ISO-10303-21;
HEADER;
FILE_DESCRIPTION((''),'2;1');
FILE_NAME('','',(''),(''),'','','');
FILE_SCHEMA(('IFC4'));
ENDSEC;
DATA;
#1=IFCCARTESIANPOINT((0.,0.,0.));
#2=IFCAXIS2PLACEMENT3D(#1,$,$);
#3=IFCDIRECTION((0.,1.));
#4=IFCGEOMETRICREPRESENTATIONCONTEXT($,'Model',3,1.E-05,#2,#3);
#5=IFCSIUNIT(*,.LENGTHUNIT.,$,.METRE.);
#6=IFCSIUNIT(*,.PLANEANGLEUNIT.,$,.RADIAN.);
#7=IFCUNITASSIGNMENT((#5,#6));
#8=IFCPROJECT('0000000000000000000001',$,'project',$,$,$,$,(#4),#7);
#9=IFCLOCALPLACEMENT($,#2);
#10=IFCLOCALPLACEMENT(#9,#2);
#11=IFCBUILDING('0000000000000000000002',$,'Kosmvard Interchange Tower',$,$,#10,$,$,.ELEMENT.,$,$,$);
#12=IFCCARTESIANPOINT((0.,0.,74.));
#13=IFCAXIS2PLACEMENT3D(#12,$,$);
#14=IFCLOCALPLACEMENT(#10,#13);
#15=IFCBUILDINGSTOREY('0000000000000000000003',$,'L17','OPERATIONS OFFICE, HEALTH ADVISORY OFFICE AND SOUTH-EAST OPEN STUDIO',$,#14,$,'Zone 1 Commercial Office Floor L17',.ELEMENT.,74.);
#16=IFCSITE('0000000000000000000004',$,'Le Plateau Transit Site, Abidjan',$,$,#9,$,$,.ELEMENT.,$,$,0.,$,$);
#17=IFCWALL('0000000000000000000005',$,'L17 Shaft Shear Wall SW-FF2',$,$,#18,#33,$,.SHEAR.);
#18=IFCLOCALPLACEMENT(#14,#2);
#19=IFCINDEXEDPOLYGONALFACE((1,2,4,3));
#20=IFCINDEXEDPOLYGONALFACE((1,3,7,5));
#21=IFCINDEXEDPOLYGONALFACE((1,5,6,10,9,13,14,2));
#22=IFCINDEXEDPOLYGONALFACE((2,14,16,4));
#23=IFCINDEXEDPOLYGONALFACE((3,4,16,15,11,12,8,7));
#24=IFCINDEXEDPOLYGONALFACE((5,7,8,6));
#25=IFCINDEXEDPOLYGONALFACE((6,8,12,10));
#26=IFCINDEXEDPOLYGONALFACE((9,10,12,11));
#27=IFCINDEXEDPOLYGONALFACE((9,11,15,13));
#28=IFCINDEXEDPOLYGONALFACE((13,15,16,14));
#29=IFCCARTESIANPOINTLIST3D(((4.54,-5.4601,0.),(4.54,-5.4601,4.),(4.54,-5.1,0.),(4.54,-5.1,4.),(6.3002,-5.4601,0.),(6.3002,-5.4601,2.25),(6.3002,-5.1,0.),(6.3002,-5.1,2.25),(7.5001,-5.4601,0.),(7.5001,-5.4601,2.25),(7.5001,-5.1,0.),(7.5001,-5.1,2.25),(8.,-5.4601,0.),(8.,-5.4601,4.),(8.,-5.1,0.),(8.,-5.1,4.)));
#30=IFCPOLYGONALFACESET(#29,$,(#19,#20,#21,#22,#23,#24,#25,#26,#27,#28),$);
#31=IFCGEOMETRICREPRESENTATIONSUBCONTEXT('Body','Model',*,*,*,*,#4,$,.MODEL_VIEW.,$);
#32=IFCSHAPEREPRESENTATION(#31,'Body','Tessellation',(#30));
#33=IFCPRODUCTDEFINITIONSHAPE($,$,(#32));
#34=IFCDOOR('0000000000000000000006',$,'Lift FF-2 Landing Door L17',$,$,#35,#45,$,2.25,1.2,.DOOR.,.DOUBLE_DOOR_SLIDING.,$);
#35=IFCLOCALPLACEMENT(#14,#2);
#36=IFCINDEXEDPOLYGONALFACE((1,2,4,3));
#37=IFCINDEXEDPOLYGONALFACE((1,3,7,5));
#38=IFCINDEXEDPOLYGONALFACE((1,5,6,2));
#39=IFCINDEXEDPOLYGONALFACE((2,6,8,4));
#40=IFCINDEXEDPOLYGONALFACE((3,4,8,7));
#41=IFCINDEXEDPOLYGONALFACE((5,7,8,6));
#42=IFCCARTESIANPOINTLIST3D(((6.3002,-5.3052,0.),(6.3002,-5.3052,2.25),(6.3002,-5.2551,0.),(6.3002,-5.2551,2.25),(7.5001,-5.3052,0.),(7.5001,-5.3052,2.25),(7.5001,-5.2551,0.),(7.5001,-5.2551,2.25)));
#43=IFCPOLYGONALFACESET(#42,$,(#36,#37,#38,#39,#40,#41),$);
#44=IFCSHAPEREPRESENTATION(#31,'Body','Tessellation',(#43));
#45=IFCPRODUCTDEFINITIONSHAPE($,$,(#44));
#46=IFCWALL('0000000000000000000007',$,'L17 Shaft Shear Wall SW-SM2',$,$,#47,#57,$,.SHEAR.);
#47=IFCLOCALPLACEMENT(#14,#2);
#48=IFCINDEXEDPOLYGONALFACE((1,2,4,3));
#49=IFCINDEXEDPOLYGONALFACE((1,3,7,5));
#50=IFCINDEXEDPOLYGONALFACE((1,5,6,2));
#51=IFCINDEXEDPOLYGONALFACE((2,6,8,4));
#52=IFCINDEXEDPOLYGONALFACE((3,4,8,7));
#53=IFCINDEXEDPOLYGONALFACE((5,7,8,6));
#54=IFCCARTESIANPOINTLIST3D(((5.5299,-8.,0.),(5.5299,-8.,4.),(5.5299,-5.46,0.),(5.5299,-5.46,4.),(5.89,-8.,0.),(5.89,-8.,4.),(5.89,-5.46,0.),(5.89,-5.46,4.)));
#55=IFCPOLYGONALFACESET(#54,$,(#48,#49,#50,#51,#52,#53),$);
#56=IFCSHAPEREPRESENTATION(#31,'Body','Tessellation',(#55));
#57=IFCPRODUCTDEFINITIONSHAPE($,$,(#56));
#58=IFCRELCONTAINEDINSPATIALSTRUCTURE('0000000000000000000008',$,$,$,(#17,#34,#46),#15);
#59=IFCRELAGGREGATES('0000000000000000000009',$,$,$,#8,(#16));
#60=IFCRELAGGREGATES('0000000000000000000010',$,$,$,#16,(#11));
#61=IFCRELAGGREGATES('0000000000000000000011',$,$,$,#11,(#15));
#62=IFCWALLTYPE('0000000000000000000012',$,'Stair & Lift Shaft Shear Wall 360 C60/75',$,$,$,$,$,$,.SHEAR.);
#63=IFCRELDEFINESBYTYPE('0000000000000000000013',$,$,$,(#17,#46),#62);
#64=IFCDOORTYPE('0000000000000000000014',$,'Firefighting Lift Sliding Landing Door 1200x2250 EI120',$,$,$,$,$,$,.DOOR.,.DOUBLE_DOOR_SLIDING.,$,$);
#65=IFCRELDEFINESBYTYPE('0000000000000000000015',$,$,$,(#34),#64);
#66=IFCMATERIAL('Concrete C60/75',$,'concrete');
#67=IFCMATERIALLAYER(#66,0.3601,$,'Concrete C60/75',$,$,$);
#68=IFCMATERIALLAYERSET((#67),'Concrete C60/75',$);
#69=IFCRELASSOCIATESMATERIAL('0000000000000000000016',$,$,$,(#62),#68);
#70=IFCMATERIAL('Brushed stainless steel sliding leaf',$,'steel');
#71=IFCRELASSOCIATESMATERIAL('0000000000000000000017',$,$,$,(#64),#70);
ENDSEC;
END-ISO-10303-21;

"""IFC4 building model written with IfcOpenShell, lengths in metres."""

from ifc_helpers import new_model, si_unit, direction, frame, frame_2d, origin, place, context, subcontext, project, spatial, rectangle, extrude, source, transform, mapped, material, layer, layer_set, type_object, element, fill, save


model = new_model("IFC4")

# Units and contexts
model_context = context("Model", 3, precision=1e-05, world=origin(), true_north=direction((0.0, 1.0)))
body_context = subcontext(model_context, "Body", "Model", "MODEL_VIEW")
ifc_project = project(units=[si_unit("LENGTHUNIT", "METRE"), si_unit("PLANEANGLEUNIT", "RADIAN")], contexts=[model_context])

# Site, building, storey
site_placement = place(None, origin())
site = spatial("IfcSite", under=ifc_project, at=site_placement, Name="Le Plateau Transit Site, Abidjan", CompositionType="ELEMENT", RefElevation=0.0)
building_placement = place(site_placement, origin())
building = spatial("IfcBuilding", under=site, at=building_placement, Name="Kosmvard Interchange Tower", CompositionType="ELEMENT")
storey_placement = place(building_placement, frame((0.0, 0.0, 74.0)))
storey = spatial("IfcBuildingStorey", under=building, at=storey_placement, Name="L17", Description="OPERATIONS OFFICE, HEALTH ADVISORY OFFICE AND SOUTH-EAST OPEN STUDIO", LongName="Zone 1 Commercial Office Floor L17", CompositionType="ELEMENT", Elevation=74.0)

# Shared definitions
ifc_material_1 = material(Name="Brushed stainless steel sliding leaf", Category="steel")

# Shared definitions
ifc_material_2 = material(Name="Concrete C60/75", Category="concrete")
ifc_layer_1 = layer(ifc_material_2, 0.3601, Name="Concrete C60/75")
ifc_layer_set_1 = layer_set([ifc_layer_1], Name="Concrete C60/75")
wall_type_1 = type_object("IfcWallType", Name="Stair & Lift Shaft Shear Wall 360 C60/75", PredefinedType="SHEAR", material=ifc_layer_set_1)

# Wall, opening, door
wall_1_placement = place(storey_placement, frame((4.54, -5.28, 0.0), z_axis=(0.0, 0.0, 1.0), x_axis=(1.0, 0.0, 0.0)))
wall_1 = element("IfcWall", 1, at=wall_1_placement, inside=storey, type_object=wall_type_1, Name="L17 Shaft Shear Wall SW-FF2", PredefinedType="SHEAR", context=body_context, shape_type="SweptSolid", body=[
    extrude(rectangle(XDim=3.46, YDim=0.3601, at=frame_2d((1.73, 0.0))), origin(), (0.0, 0.0, 1.0), 4.0),
])
opening_1_placement = place(wall_1_placement, frame((1.76, 0.0, 0.0)))
opening_1 = element("IfcOpeningElement", 2, at=opening_1_placement, cuts=wall_1, PredefinedType="OPENING", context=body_context, shape_type="SweptSolid", body=[
    extrude(rectangle(XDim=1.2, YDim=2.25, at=frame_2d((0.6001, 1.125))), frame((0.0, 0.1899, 0.0), z_axis=(0.0, -1.0, 0.0), x_axis=(1.0, 0.0, 0.0)), (0.0, 0.0, 1.0), 0.3801),
])
door_type_1 = type_object("IfcDoorType", Name="Firefighting Lift Sliding Landing Door 1200x2250 EI120", OperationType="DOUBLE_DOOR_SLIDING", PredefinedType="DOOR", material=ifc_material_1)
shared_shape_1 = source(origin(), body_context, "Body", "SweptSolid", [
    extrude(rectangle(XDim=1.2, YDim=2.25, at=frame_2d((0.6001, 1.125))), frame((0.0, 0.0249, 0.0), z_axis=(0.0, -1.0, 0.0), x_axis=(1.0, 0.0, 0.0)), (0.0, 0.0, 1.0), 0.05),
])
door_1_placement = place(opening_1_placement, origin())
door_1 = element("IfcDoor", 3, at=door_1_placement, inside=storey, type_object=door_type_1, Name="Lift FF-2 Landing Door L17", OperationType="DOUBLE_DOOR_SLIDING", OverallHeight=2.25, OverallWidth=1.2, PredefinedType="DOOR", context=body_context, shape_type="MappedRepresentation", body=[
    mapped(shared_shape_1, transform((0.0, 0.0, 0.0), scale=1.0)),
])
fill(opening_1, door_1)

# Wall
wall_2_placement = place(storey_placement, frame((5.71, -8.0, 0.0), z_axis=(0.0, 0.0, 1.0), x_axis=(0.0, 1.0, 0.0)))
element("IfcWall", 4, at=wall_2_placement, inside=storey, type_object=wall_type_1, Name="L17 Shaft Shear Wall SW-SM2", PredefinedType="SHEAR", context=body_context, shape_type="SweptSolid", body=[
    extrude(rectangle(XDim=2.54, YDim=0.3601, at=frame_2d((1.27, 0.0))), origin(), (0.0, 0.0, 1.0), 4.0),
])

save(model, "model.ifc")
